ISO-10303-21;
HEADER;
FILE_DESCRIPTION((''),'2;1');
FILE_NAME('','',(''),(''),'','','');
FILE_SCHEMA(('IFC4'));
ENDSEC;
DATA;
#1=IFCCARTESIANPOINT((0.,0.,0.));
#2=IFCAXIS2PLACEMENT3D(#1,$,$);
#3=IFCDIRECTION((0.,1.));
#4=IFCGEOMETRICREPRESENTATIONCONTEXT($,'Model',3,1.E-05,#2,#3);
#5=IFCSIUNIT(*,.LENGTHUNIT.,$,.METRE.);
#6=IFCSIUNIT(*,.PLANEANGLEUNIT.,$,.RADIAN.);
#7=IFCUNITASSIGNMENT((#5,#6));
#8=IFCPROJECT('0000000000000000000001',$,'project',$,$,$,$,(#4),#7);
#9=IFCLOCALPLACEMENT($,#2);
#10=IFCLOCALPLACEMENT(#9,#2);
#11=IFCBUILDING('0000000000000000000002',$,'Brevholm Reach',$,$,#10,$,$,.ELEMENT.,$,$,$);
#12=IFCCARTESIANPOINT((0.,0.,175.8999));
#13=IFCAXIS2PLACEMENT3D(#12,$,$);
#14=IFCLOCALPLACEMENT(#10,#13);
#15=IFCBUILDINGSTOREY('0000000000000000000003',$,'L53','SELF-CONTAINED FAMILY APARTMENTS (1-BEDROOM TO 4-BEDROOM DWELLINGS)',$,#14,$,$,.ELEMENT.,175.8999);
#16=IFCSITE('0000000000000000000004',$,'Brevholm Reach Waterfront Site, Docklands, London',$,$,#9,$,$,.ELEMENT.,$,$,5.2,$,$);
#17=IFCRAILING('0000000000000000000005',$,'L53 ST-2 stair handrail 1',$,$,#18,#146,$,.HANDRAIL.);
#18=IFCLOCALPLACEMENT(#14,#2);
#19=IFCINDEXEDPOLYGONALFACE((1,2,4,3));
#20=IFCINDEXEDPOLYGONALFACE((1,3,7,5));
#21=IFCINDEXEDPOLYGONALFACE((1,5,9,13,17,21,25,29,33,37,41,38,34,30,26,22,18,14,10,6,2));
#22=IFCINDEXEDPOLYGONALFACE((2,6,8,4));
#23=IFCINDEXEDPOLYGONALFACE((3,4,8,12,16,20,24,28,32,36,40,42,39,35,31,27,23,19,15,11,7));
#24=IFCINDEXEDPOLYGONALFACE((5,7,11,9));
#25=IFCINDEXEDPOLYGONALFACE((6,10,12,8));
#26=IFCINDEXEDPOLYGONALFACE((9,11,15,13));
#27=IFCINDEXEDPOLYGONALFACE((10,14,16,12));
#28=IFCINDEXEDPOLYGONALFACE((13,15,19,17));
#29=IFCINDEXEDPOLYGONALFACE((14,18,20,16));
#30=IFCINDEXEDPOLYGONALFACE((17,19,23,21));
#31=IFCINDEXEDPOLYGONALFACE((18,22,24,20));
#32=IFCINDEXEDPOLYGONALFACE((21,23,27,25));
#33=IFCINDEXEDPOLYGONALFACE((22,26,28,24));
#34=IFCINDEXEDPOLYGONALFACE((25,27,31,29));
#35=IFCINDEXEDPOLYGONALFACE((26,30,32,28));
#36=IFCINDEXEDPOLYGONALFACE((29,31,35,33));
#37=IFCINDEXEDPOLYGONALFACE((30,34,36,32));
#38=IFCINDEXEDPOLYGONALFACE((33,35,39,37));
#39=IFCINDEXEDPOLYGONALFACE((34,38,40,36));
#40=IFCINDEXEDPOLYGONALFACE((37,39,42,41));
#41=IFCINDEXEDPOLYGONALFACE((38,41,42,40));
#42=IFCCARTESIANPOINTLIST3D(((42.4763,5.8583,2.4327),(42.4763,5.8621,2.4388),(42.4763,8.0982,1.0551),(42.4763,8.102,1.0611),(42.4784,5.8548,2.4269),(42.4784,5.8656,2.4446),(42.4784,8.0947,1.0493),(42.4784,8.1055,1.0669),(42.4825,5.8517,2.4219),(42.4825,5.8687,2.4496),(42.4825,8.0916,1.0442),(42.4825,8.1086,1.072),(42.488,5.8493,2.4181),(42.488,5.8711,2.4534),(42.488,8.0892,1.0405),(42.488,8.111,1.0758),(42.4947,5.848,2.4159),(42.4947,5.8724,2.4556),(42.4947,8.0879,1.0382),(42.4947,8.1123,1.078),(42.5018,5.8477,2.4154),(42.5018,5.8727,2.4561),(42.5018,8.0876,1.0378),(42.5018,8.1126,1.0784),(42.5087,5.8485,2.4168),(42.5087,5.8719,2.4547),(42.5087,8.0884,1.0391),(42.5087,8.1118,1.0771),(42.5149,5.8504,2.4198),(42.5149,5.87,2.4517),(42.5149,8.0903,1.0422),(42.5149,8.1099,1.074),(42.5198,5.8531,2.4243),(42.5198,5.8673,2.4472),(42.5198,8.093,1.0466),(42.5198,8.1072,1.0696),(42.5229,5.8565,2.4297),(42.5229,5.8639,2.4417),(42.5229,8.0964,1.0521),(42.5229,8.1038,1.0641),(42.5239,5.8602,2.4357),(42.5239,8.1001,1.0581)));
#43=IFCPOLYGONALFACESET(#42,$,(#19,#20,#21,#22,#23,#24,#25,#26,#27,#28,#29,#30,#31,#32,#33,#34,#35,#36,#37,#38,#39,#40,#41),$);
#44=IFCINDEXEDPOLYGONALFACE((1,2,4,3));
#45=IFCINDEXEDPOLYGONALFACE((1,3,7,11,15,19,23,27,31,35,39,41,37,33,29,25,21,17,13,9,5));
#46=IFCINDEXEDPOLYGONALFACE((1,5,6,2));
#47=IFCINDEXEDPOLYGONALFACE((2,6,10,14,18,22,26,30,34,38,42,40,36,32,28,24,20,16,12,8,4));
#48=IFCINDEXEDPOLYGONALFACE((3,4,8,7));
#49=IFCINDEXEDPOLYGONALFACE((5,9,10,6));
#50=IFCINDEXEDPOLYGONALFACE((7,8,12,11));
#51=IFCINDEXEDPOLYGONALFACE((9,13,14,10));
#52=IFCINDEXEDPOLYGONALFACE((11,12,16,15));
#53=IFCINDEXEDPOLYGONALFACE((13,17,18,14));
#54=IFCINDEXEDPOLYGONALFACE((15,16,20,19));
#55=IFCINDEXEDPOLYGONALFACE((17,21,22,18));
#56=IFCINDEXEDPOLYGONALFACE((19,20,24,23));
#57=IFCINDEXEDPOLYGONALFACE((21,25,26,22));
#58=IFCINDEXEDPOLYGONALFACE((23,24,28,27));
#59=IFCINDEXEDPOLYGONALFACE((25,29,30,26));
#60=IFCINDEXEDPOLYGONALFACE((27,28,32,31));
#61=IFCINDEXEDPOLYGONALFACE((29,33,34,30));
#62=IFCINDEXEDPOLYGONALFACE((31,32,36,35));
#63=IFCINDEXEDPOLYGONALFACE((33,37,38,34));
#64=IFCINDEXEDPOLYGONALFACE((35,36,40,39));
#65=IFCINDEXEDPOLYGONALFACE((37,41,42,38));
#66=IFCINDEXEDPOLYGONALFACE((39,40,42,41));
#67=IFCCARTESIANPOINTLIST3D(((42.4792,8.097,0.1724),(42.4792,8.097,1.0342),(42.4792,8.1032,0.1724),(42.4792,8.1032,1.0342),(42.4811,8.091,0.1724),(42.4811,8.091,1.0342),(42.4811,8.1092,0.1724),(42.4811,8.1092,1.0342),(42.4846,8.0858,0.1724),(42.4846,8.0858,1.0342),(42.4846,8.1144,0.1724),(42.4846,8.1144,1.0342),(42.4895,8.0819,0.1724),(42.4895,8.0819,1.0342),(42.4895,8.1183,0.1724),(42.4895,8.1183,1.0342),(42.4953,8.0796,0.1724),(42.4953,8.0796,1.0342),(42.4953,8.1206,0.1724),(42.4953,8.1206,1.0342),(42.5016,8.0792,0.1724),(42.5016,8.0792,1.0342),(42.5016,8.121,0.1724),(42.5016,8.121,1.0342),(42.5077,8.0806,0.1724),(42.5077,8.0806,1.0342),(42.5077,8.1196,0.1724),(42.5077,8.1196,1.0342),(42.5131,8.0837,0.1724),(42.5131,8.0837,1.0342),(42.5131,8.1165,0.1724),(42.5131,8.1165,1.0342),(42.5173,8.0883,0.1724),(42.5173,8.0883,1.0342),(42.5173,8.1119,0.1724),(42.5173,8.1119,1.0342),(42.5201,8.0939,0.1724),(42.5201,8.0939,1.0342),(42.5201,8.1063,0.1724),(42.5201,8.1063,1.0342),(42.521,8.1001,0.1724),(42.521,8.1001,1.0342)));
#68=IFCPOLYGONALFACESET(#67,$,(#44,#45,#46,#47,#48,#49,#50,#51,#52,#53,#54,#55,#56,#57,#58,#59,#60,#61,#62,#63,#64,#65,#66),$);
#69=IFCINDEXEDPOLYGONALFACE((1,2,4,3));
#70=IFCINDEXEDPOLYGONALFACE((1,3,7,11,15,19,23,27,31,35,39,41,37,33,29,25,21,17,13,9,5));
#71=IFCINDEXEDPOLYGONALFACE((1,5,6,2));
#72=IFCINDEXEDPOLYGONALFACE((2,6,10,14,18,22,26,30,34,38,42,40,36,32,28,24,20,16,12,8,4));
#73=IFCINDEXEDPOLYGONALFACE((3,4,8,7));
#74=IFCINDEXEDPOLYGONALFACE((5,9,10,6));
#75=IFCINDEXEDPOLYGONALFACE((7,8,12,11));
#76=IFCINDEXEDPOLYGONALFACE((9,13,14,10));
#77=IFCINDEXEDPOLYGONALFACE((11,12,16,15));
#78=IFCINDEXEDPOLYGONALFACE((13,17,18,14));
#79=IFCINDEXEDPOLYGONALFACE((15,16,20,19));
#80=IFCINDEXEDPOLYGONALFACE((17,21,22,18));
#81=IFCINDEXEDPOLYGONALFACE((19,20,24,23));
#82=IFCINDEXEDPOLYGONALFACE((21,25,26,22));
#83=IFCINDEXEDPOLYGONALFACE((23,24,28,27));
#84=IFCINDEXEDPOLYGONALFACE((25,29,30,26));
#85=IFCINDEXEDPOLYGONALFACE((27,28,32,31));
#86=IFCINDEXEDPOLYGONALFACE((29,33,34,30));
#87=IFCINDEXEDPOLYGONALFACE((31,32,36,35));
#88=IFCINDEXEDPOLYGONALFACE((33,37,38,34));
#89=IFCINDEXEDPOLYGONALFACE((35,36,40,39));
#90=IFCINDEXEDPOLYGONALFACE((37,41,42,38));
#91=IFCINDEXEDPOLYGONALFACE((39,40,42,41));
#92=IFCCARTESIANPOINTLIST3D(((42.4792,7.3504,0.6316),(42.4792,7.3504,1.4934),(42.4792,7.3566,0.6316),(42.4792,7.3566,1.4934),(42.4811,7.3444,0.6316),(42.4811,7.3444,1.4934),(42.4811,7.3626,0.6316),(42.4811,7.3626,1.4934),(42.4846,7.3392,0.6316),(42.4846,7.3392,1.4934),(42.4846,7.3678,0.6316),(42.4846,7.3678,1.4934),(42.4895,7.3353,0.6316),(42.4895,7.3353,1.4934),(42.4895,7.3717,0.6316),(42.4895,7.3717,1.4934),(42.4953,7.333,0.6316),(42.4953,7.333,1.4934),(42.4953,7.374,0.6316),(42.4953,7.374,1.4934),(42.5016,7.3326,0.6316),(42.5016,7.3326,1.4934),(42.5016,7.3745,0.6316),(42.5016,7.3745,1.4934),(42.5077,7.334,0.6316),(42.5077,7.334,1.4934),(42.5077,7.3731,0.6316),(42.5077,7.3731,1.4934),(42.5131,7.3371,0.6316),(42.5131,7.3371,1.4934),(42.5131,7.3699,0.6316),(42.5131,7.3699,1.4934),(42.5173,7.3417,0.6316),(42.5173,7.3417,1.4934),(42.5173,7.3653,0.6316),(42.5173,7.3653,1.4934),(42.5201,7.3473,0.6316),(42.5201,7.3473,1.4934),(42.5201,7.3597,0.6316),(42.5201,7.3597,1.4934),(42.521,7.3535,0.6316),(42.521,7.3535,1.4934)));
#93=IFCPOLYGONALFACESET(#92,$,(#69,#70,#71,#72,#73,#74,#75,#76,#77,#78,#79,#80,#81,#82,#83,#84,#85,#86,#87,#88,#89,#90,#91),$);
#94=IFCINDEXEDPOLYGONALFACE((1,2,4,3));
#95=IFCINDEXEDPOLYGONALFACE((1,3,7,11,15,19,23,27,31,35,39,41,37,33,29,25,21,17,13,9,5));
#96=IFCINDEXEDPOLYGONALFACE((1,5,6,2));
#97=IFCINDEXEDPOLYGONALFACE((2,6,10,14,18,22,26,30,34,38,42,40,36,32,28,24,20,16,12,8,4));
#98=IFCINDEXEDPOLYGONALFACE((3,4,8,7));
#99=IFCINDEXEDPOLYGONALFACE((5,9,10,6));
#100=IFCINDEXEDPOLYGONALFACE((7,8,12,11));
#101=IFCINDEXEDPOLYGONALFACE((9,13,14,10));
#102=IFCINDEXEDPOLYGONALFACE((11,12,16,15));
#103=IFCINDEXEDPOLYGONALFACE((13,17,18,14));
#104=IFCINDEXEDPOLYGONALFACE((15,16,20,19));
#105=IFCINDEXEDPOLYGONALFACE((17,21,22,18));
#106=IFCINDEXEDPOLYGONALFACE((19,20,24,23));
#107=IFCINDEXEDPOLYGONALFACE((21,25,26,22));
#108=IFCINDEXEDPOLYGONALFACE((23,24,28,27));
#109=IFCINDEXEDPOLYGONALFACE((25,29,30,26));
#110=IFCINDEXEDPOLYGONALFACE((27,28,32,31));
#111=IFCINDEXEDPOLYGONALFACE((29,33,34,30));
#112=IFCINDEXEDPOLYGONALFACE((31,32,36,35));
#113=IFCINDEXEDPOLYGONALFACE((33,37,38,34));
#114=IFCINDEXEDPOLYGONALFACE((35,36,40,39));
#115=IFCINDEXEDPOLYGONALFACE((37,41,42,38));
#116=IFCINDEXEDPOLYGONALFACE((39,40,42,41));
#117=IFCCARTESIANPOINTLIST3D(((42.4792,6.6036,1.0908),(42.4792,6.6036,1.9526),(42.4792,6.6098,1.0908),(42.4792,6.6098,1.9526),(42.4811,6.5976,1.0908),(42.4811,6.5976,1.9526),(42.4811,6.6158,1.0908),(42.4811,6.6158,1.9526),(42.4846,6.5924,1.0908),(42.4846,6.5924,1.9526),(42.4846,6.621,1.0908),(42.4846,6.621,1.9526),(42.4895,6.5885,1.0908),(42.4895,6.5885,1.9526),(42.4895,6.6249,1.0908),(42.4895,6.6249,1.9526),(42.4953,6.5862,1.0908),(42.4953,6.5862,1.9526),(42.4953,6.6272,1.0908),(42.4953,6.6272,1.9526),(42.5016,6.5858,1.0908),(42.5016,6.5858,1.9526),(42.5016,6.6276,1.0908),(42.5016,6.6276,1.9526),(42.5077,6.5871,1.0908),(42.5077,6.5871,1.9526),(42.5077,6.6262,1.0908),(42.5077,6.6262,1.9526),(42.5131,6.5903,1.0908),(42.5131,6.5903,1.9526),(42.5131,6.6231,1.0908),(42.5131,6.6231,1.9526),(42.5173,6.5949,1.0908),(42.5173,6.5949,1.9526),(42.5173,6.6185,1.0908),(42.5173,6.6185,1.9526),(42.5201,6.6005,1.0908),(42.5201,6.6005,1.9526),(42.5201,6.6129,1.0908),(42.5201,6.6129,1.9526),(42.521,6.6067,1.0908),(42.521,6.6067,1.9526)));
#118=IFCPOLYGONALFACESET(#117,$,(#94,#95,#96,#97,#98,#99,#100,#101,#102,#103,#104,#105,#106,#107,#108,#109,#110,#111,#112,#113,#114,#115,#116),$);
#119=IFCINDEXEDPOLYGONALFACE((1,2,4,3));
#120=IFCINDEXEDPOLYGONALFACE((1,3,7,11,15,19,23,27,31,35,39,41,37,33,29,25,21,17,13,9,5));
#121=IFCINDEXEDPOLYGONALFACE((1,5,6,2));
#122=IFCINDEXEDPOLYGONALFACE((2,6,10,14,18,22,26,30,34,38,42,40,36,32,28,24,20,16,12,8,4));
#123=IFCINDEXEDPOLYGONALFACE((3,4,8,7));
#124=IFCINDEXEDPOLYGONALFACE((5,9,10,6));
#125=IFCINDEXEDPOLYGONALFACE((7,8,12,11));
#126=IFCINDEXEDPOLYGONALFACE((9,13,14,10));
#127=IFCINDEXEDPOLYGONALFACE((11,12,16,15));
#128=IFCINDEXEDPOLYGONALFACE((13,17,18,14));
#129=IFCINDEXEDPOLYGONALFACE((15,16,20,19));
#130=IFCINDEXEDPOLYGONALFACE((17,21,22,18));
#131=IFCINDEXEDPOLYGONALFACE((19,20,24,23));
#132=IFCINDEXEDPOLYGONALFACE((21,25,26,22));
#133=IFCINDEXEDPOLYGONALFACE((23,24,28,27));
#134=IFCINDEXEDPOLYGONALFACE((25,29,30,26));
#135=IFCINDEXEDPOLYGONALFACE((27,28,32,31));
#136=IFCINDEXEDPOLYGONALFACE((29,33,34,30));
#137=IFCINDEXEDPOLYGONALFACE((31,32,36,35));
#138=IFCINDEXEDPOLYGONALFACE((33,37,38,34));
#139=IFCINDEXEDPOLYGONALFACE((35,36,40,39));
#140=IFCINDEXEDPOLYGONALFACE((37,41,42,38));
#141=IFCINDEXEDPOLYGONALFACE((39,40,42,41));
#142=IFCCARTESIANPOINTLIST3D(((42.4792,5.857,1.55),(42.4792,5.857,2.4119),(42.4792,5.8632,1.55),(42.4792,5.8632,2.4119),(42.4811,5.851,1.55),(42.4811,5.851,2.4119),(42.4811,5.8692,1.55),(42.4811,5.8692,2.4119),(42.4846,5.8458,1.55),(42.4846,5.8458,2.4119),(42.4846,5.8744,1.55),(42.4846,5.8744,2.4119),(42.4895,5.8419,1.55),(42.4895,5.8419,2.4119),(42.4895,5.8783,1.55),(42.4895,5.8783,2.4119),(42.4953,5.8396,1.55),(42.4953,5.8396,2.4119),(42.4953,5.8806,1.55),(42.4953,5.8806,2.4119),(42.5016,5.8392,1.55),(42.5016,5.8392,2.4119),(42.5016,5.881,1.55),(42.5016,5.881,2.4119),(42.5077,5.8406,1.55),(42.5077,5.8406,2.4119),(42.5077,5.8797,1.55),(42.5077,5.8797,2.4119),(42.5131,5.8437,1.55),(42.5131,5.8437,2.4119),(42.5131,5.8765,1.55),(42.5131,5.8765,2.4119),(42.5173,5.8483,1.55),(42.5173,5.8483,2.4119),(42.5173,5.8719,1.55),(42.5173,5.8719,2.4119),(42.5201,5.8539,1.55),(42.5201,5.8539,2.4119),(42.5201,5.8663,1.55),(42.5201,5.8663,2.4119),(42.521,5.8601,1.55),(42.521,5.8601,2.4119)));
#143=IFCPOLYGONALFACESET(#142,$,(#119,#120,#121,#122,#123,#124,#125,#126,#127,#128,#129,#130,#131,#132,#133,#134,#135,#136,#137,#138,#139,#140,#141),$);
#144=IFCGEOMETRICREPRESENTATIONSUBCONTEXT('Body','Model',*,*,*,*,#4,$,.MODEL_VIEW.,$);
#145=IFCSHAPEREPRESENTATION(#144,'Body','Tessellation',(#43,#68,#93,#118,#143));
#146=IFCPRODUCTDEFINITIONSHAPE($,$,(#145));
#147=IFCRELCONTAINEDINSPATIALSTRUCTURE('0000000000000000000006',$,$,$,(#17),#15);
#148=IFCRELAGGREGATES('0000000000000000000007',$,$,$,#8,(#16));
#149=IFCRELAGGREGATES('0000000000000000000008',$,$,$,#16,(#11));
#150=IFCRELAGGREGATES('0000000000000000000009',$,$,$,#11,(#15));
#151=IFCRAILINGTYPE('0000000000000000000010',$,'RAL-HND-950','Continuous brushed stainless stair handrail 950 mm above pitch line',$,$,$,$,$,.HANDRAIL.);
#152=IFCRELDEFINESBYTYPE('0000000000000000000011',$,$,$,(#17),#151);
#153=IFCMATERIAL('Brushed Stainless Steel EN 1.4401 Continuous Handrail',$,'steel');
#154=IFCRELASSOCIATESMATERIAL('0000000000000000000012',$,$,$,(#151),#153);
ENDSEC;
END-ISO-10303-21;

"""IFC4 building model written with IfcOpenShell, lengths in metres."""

from ifc_helpers import new_model, si_unit, direction, frame, origin, origin_2d, place, context, subcontext, project, spatial, circle, extrude, material, type_object, element, save


model = new_model("IFC4")

# Units and contexts
model_context = context("Model", 3, precision=1e-05, world=origin(), true_north=direction((0.0, 1.0)))
body_context = subcontext(model_context, "Body", "Model", "MODEL_VIEW")
ifc_project = project(units=[si_unit("LENGTHUNIT", "METRE"), si_unit("PLANEANGLEUNIT", "RADIAN")], contexts=[model_context])

# Site, building, storey
site_placement = place(None, origin())
site = spatial("IfcSite", under=ifc_project, at=site_placement, Name="Brevholm Reach Waterfront Site, Docklands, London", CompositionType="ELEMENT", RefElevation=5.2)
building_placement = place(site_placement, origin())
building = spatial("IfcBuilding", under=site, at=building_placement, Name="Brevholm Reach", CompositionType="ELEMENT")
storey_placement = place(building_placement, frame((0.0, 0.0, 175.8999)))
storey = spatial("IfcBuildingStorey", under=building, at=storey_placement, Name="L53", Description="SELF-CONTAINED FAMILY APARTMENTS (1-BEDROOM TO 4-BEDROOM DWELLINGS)", CompositionType="ELEMENT", Elevation=175.8999)

# Railing
ifc_material_1 = material(Name="Brushed Stainless Steel EN 1.4401 Continuous Handrail", Category="steel")
railing_type_1 = type_object("IfcRailingType", Name="RAL-HND-950", Description="Continuous brushed stainless stair handrail 950 mm above pitch line", PredefinedType="HANDRAIL", material=ifc_material_1)
railing_1_placement = place(storey_placement, frame((42.5, 8.1001, 0.1724)))
element("IfcRailing", 1, at=railing_1_placement, inside=storey, type_object=railing_type_1, Name="L53 ST-2 stair handrail 1", PredefinedType="HANDRAIL", context=body_context, shape_type="SweptSolid", body=[
    extrude(circle(Radius=0.0239, at=origin_2d()), frame((0.0, 0.0, 0.8857), z_axis=(0.0, -0.851789, 0.523885), x_axis=(1.0, 0.0, 0.0)), (0.0, 0.0, 1.0), 2.6296),
    extrude(circle(Radius=0.021, at=origin_2d()), origin(), (0.0, 0.0, 1.0), 0.8618),
    extrude(circle(Radius=0.021, at=origin_2d()), frame((0.0, -0.7466, 0.4592)), (0.0, 0.0, 1.0), 0.8618),
    extrude(circle(Radius=0.021, at=origin_2d()), frame((0.0, -1.4934, 0.9185)), (0.0, 0.0, 1.0), 0.8618),
    extrude(circle(Radius=0.021, at=origin_2d()), frame((0.0, -2.24, 1.3777)), (0.0, 0.0, 1.0), 0.8618),
])

save(model, "model.ifc")
